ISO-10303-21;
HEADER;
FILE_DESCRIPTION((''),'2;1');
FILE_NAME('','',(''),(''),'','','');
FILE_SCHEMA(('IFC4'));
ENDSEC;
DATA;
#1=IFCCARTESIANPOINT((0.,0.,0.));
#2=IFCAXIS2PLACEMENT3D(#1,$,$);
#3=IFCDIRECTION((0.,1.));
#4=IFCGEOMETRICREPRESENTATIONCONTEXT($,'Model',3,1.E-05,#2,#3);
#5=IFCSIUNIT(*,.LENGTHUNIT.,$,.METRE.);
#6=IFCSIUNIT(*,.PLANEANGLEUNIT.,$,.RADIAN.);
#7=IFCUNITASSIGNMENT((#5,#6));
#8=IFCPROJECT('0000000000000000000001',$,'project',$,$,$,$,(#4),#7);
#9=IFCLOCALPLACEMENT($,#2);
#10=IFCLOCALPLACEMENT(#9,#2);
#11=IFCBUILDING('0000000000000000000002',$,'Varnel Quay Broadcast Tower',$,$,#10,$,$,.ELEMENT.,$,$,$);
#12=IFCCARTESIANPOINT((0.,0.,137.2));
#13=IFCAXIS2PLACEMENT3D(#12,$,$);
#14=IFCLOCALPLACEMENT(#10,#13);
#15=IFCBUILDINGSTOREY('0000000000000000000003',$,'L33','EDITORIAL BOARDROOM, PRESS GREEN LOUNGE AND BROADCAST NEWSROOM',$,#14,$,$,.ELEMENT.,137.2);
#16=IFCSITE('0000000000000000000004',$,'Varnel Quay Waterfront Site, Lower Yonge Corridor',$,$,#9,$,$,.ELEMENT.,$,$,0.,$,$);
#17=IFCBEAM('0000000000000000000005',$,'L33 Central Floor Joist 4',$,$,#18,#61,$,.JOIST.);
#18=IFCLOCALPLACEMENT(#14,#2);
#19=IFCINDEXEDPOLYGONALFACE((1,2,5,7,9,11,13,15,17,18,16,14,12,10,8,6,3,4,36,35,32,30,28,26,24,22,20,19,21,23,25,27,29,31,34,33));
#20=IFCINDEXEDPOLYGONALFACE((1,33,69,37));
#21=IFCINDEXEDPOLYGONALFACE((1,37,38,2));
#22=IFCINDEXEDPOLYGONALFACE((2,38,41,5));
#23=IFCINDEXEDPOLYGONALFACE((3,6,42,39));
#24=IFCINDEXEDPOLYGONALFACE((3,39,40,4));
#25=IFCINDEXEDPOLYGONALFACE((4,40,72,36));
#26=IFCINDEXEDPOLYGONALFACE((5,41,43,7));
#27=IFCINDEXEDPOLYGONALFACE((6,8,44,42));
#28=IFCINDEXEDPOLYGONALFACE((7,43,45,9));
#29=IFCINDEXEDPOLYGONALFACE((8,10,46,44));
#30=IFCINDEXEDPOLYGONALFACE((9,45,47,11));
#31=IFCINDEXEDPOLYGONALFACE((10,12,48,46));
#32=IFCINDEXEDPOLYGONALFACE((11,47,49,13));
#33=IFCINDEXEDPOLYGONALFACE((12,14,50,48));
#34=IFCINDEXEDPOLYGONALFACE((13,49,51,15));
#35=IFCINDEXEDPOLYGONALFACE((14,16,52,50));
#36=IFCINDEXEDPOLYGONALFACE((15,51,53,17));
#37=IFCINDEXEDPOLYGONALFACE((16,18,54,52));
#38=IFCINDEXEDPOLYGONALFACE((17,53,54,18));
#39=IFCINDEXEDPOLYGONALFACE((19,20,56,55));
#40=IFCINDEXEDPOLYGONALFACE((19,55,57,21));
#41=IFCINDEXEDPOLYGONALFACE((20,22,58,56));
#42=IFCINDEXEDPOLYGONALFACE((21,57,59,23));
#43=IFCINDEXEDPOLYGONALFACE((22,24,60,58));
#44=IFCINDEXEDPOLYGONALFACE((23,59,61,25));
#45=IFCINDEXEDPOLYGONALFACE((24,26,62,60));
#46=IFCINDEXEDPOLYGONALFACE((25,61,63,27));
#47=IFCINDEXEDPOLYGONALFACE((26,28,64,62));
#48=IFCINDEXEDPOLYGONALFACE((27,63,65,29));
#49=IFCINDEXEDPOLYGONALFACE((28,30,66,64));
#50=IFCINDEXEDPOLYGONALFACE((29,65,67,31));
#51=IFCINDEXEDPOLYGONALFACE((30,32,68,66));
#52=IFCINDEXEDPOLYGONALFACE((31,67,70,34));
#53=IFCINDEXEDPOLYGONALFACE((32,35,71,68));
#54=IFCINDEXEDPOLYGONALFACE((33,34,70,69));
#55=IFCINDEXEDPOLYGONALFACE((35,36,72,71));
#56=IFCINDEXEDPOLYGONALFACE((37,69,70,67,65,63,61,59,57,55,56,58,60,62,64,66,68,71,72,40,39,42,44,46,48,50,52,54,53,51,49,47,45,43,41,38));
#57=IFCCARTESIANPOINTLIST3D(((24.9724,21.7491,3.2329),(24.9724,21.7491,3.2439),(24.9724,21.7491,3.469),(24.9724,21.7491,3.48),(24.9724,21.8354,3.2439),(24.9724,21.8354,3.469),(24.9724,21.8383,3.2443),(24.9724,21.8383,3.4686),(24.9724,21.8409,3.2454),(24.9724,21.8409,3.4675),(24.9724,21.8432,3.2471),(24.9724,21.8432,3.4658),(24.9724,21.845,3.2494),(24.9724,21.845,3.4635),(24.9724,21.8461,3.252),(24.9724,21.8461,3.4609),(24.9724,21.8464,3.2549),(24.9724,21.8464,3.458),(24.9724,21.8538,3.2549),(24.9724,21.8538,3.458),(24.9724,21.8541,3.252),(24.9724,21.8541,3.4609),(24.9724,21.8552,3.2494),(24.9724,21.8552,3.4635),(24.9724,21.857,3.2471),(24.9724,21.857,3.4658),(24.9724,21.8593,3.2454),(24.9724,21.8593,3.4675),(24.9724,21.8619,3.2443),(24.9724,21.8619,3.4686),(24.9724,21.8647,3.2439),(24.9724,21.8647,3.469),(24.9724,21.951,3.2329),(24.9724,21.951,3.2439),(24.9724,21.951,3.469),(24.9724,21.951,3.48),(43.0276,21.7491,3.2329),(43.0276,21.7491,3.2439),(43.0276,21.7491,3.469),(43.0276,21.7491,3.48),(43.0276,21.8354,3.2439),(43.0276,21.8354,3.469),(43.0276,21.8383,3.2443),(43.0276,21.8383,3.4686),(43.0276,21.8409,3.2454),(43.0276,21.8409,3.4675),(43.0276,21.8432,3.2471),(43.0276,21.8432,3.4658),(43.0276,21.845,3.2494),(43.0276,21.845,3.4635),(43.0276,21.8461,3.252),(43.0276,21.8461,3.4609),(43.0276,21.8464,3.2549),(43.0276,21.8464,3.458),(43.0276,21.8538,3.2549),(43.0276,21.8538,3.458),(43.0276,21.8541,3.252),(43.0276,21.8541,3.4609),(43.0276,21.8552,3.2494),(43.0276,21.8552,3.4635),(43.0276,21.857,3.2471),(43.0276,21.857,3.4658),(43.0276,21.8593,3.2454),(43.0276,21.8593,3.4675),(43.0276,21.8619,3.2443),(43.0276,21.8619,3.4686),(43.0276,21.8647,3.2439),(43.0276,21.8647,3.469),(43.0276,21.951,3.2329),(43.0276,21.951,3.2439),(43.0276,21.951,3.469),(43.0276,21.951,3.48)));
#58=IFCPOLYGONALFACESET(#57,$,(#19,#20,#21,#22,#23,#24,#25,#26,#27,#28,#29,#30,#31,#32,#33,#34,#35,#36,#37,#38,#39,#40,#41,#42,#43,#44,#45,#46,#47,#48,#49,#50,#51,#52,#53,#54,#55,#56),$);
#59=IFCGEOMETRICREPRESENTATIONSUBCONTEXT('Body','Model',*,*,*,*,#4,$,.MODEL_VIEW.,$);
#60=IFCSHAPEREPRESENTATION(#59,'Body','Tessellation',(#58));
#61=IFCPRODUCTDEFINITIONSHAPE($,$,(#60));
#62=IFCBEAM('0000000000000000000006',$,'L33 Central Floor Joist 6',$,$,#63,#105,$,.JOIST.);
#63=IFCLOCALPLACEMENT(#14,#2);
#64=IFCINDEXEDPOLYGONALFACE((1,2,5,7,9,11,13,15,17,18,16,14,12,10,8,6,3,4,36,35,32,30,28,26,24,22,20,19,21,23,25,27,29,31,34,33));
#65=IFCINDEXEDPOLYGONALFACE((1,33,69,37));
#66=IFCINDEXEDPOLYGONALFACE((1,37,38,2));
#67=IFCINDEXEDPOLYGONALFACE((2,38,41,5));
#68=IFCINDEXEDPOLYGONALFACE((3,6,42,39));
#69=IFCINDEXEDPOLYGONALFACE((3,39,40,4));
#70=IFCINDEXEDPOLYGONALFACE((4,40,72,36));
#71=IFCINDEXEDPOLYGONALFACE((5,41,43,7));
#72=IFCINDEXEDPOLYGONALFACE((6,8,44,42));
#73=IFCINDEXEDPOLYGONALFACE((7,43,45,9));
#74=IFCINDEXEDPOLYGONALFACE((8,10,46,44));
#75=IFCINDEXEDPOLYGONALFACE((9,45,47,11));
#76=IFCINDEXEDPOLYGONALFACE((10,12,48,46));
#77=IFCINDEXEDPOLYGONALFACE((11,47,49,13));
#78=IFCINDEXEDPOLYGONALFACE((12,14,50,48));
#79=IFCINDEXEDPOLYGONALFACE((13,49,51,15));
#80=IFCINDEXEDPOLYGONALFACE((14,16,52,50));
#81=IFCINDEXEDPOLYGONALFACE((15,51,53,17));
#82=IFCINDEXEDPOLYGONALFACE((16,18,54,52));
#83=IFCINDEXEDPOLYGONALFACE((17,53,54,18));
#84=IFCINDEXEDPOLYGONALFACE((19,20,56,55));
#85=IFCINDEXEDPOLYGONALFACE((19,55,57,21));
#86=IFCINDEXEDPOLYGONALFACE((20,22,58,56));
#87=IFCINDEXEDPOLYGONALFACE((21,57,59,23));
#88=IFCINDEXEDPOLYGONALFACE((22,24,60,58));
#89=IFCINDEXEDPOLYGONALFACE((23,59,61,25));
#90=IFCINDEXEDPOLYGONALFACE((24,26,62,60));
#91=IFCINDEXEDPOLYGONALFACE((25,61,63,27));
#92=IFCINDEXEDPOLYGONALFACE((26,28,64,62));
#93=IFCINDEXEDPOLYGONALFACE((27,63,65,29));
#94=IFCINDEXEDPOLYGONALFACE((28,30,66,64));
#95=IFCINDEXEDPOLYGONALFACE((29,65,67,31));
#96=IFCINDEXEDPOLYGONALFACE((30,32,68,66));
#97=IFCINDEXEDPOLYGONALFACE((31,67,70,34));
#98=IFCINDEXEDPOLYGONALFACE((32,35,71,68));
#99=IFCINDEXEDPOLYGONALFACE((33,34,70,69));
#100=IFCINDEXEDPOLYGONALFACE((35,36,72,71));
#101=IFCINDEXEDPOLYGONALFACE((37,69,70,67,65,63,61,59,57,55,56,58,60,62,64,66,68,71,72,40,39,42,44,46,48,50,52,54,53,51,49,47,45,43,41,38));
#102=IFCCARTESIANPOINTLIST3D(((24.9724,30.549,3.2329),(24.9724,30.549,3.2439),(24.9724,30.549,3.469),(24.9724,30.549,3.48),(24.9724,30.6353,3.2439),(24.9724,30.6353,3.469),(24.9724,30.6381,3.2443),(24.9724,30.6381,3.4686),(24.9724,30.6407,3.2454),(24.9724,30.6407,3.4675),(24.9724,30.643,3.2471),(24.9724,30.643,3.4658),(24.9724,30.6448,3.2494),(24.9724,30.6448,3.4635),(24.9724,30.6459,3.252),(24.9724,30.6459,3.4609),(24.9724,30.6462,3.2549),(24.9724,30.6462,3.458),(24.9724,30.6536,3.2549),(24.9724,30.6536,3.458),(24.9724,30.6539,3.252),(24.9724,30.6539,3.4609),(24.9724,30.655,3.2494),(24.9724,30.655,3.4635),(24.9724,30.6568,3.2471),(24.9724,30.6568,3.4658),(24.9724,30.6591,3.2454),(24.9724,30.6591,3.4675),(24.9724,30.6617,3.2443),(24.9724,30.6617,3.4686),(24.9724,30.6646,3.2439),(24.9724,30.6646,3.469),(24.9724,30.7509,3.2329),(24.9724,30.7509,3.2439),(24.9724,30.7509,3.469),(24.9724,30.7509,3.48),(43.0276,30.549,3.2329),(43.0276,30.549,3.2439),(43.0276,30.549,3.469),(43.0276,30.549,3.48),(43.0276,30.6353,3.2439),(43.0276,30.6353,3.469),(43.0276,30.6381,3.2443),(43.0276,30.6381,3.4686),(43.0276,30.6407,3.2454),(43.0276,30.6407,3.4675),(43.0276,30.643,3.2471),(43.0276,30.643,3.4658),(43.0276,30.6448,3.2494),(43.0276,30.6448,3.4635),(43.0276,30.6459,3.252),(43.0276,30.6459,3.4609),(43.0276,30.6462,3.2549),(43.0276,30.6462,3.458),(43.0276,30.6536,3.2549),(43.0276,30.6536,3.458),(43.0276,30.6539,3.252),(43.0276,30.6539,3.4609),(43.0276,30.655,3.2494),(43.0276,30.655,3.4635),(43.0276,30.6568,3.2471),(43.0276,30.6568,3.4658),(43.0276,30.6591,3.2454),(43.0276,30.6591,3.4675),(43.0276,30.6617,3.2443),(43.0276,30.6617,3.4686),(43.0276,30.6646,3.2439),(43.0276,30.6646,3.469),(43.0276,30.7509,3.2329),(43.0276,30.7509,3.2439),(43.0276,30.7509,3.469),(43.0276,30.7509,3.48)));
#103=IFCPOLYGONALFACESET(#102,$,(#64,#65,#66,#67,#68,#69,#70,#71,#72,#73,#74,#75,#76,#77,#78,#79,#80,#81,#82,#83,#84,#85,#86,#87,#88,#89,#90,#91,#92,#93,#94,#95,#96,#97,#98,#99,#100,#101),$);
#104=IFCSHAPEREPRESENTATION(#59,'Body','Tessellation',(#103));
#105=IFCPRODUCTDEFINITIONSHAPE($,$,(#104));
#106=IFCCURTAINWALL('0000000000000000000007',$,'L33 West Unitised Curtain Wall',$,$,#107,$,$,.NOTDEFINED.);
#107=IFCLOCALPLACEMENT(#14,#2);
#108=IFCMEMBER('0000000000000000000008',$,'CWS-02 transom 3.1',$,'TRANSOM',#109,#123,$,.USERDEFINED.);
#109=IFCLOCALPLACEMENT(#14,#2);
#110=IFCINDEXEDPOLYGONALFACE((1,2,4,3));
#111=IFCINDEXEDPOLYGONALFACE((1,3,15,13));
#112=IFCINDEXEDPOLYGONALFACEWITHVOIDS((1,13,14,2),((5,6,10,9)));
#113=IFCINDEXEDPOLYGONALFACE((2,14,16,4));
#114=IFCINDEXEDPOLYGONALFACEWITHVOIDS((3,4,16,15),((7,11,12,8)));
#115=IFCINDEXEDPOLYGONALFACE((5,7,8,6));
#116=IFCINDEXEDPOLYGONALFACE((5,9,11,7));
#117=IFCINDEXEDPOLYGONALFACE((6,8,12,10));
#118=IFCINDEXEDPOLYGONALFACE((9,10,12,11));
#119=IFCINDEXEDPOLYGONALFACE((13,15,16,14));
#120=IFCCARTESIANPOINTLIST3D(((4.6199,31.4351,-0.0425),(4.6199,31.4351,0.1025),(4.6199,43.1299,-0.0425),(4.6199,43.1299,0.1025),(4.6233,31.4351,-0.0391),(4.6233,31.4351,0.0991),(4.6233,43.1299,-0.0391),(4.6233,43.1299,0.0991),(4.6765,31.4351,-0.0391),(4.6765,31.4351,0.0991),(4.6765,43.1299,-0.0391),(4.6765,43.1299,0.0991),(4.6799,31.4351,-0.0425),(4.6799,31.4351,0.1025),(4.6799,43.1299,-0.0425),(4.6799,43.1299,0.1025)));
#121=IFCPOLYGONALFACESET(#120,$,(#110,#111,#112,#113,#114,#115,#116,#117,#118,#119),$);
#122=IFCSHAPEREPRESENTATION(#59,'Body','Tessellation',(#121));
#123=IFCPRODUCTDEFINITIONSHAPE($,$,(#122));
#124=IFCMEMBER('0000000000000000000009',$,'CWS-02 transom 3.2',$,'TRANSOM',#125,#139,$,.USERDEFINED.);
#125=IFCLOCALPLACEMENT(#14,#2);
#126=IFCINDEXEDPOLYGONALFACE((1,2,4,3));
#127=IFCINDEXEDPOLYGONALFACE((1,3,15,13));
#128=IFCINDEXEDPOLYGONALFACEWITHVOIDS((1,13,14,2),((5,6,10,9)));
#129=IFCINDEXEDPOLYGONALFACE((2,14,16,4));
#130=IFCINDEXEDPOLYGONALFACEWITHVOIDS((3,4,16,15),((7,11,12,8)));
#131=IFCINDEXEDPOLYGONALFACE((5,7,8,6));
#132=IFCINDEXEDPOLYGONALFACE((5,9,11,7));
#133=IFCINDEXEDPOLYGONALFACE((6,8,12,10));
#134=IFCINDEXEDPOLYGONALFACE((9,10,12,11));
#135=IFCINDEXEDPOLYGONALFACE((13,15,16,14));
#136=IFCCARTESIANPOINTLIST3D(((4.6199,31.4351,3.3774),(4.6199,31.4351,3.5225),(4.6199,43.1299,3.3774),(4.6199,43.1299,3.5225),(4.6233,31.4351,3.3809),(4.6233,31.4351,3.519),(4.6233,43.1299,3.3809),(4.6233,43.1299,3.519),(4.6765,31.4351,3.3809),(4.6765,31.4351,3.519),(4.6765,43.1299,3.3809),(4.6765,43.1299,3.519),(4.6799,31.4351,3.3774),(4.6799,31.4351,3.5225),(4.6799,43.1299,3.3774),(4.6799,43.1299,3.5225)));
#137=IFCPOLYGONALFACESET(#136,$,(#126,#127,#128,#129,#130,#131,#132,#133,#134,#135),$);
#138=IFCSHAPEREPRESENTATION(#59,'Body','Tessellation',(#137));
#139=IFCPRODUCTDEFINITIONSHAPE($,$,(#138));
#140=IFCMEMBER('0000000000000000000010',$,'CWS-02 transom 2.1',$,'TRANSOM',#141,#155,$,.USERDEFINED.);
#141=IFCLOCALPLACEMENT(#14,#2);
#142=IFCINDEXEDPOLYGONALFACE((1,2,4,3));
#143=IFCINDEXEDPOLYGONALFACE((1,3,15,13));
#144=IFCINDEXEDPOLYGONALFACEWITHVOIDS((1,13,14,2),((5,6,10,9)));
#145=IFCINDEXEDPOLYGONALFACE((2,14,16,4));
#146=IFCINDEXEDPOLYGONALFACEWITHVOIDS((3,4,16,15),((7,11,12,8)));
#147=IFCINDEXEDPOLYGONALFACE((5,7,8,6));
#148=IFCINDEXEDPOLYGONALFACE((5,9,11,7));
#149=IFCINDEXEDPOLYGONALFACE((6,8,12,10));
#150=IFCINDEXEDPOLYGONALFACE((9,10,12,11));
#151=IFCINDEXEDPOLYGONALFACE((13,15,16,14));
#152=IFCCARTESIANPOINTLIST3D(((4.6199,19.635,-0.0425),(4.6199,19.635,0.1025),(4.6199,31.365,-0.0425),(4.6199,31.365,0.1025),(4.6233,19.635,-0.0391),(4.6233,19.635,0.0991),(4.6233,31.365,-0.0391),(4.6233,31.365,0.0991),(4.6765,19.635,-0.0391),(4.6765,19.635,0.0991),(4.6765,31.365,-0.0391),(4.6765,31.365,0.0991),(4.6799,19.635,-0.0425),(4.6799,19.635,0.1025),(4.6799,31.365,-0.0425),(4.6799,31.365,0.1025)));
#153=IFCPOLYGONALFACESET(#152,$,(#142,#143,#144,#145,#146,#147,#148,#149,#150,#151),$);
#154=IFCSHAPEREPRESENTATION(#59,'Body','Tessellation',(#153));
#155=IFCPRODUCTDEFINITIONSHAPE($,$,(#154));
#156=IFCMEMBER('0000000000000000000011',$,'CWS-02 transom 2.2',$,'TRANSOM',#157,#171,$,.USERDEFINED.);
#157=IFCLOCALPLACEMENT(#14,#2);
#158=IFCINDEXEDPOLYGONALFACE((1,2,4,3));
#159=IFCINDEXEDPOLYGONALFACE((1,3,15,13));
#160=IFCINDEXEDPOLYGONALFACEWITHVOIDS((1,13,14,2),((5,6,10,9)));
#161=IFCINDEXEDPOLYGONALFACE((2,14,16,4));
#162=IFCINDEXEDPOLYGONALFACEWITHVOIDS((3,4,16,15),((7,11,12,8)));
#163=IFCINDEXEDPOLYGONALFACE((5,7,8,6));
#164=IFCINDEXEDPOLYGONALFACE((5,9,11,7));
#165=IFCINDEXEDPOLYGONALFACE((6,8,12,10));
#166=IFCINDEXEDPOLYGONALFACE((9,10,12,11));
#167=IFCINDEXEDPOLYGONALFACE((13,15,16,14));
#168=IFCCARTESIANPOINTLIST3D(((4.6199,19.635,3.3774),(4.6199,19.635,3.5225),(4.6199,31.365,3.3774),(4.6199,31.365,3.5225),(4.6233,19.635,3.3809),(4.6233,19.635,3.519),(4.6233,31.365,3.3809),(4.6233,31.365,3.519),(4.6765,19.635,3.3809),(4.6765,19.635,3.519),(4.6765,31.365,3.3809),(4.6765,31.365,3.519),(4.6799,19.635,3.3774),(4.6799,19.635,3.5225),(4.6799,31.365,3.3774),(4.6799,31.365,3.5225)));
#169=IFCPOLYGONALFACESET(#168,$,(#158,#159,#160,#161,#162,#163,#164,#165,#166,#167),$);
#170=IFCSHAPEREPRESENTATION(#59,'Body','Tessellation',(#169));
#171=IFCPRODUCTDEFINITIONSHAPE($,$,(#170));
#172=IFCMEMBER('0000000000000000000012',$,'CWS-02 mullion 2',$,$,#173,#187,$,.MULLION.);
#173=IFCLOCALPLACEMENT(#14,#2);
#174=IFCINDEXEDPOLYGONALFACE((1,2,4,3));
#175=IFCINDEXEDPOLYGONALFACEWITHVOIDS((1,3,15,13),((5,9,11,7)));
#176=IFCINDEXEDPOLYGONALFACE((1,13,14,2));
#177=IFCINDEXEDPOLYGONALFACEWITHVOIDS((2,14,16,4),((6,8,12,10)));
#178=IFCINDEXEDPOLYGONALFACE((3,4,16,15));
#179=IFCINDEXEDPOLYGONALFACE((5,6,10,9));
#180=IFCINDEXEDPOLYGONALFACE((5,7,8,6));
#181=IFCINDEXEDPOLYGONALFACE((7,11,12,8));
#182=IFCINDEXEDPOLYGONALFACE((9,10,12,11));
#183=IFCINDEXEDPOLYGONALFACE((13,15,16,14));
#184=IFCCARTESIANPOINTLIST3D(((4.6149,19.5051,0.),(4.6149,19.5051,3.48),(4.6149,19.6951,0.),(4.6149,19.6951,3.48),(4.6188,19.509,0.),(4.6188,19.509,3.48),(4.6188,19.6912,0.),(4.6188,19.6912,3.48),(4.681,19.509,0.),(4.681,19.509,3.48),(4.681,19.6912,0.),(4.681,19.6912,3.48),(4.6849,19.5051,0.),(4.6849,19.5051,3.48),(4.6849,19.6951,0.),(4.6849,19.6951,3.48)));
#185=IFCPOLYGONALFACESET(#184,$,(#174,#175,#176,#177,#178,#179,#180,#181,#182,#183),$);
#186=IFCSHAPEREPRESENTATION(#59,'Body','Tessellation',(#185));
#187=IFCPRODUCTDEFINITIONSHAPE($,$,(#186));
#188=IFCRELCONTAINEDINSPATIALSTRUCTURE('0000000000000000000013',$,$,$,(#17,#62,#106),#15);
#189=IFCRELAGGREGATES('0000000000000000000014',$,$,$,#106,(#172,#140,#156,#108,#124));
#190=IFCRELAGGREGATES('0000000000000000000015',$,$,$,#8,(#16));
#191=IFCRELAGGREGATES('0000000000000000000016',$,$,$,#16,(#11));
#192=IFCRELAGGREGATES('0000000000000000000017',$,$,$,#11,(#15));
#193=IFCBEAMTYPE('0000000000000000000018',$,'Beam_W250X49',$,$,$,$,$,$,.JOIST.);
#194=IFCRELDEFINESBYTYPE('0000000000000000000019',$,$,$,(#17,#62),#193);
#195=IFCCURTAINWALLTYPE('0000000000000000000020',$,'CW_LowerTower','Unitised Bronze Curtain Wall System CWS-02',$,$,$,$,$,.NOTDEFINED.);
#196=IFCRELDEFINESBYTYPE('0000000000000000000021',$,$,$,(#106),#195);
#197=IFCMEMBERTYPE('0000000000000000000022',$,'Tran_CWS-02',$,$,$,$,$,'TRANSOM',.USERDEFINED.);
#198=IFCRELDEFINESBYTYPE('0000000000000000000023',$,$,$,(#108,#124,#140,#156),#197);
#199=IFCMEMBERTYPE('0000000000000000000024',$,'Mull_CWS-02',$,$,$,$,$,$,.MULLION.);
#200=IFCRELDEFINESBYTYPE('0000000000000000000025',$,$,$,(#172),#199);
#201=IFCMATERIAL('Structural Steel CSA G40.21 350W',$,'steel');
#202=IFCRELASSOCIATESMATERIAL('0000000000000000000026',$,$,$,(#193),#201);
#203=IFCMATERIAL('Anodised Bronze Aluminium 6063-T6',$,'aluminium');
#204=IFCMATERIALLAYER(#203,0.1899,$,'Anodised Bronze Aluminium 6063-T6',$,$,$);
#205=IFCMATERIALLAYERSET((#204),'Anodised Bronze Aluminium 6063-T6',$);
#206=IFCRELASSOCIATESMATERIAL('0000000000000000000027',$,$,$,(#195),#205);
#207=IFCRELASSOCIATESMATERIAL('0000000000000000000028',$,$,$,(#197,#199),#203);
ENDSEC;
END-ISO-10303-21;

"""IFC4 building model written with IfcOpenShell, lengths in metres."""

from ifc_helpers import new_model, si_unit, direction, frame, origin, origin_2d, place, context, subcontext, project, spatial, hollow_rectangle, i_section, extrude, source, transform, mapped, material, layer, layer_set, material_profile, profile_set, type_object, type_shapes, element, aggregate, save


model = new_model("IFC4")

# Units and contexts
model_context = context("Model", 3, precision=1e-05, world=origin(), true_north=direction((0.0, 1.0)))
body_context = subcontext(model_context, "Body", "Model", "MODEL_VIEW")
ifc_project = project(units=[si_unit("LENGTHUNIT", "METRE"), si_unit("PLANEANGLEUNIT", "RADIAN")], contexts=[model_context])

# Site, building, storey
site_placement = place(None, origin())
site = spatial("IfcSite", under=ifc_project, at=site_placement, Name="Varnel Quay Waterfront Site, Lower Yonge Corridor", CompositionType="ELEMENT", RefElevation=0.0)
building_placement = place(site_placement, origin())
building = spatial("IfcBuilding", under=site, at=building_placement, Name="Varnel Quay Broadcast Tower", CompositionType="ELEMENT")
storey_placement = place(building_placement, frame((0.0, 0.0, 137.2)))
storey = spatial("IfcBuildingStorey", under=building, at=storey_placement, Name="L33", Description="EDITORIAL BOARDROOM, PRESS GREEN LOUNGE AND BROADCAST NEWSROOM", CompositionType="ELEMENT", Elevation=137.2)

# Shared definitions
ifc_material_1 = material(Name="Structural Steel CSA G40.21 350W", Category="steel")

# Beams
ifc_material_profile_1 = material_profile(ifc_material_1, i_section(OverallWidth=0.2019, OverallDepth=0.2471, WebThickness=0.0073, FlangeThickness=0.011, FilletRadius=0.011, at=origin_2d()), Name="W250X49")
ifc_profile_set_1 = profile_set([ifc_material_profile_1], Name="Structural Steel CSA G40.21 350W")
beam_type_1 = type_object("IfcBeamType", Name="Beam_W250X49", PredefinedType="JOIST", material=ifc_profile_set_1)
shared_shape_1 = source(origin(), body_context, "Body", "SweptSolid", [
    extrude(i_section(OverallWidth=0.2019, OverallDepth=0.2471, WebThickness=0.0073, FlangeThickness=0.011, FilletRadius=0.011, at=origin_2d()), origin(), (0.0, 0.0, 1.0), 18.0552),
])
for number, where, z_axis, x_axis, name in (
    (1, (24.9724, 21.8501, 3.3564), (1.0, 0.0, 0.0), (0.0, 1.0, 0.0), "L33 Central Floor Joist 4"),
    (2, (24.9724, 30.6499, 3.3564), (1.0, 0.0, 0.0), (0.0, 1.0, 0.0), "L33 Central Floor Joist 6"),
):
    element("IfcBeam", number, at=place(storey_placement, frame(where, z_axis=z_axis, x_axis=x_axis)), inside=storey, type_object=beam_type_1, Name=name, PredefinedType="JOIST", context=body_context, shape_type="MappedRepresentation", body=[
        mapped(shared_shape_1, transform((0.0, 0.0, 0.0), x_axis=(1.0, 0.0, 0.0), y_axis=(0.0, 1.0, 0.0), z_axis=(0.0, 0.0, 1.0), scale=1.0)),
    ])

# Curtain wall, members
ifc_material_2 = material(Name="Anodised Bronze Aluminium 6063-T6", Category="aluminium")
ifc_layer_1 = layer(ifc_material_2, 0.1899, Name="Anodised Bronze Aluminium 6063-T6")
ifc_layer_set_1 = layer_set([ifc_layer_1], Name="Anodised Bronze Aluminium 6063-T6")
curtain_wall_type = type_object("IfcCurtainWallType", Name="CW_LowerTower", Description="Unitised Bronze Curtain Wall System CWS-02", PredefinedType="NOTDEFINED", material=ifc_layer_set_1)
curtain_wall_placement = place(storey_placement, origin())
curtain_wall = element("IfcCurtainWall", 3, at=curtain_wall_placement, inside=storey, type_object=curtain_wall_type, Name="L33 West Unitised Curtain Wall", PredefinedType="NOTDEFINED")
ifc_material_profile_2 = material_profile(ifc_material_2, hollow_rectangle(XDim=0.0601, YDim=0.145, WallThickness=0.0034, at=origin_2d()), Name="ALU60X145X3.5")
ifc_profile_set_2 = profile_set([ifc_material_profile_2], Name="Anodised Bronze Aluminium 6063-T6")
member_type_1 = type_object("IfcMemberType", Name="Tran_CWS-02", ElementType="TRANSOM", PredefinedType="USERDEFINED", material=ifc_profile_set_2)
shared_shape_2 = source(origin(), body_context, "Body", "SweptSolid", [
    extrude(hollow_rectangle(XDim=0.0601, YDim=0.145, WallThickness=0.0034, at=origin_2d()), origin(), (0.0, 0.0, 1.0), 11.6948),
])
member_1_placement = place(storey_placement, frame((4.6499, 31.4351, 0.03), z_axis=(0.0, 1.0, 0.0), x_axis=(-1.0, 0.0, 0.0)))
member_1 = element("IfcMember", 4, at=member_1_placement, type_object=member_type_1, Name="CWS-02 transom 3.1", ObjectType="TRANSOM", PredefinedType="USERDEFINED", context=body_context, shape_type="MappedRepresentation", body=[
    mapped(shared_shape_2, transform((0.0, 0.0, 0.0), x_axis=(1.0, 0.0, 0.0), y_axis=(0.0, 1.0, 0.0), z_axis=(0.0, 0.0, 1.0), scale=1.0)),
])
member_2_placement = place(storey_placement, frame((4.6499, 31.4351, 3.45), z_axis=(0.0, 1.0, 0.0), x_axis=(-1.0, 0.0, 0.0)))
member_2 = element("IfcMember", 5, at=member_2_placement, type_object=member_type_1, Name="CWS-02 transom 3.2", ObjectType="TRANSOM", PredefinedType="USERDEFINED", context=body_context, shape_type="MappedRepresentation", body=[
    mapped(shared_shape_2, transform((0.0, 0.0, 0.0), x_axis=(1.0, 0.0, 0.0), y_axis=(0.0, 1.0, 0.0), z_axis=(0.0, 0.0, 1.0), scale=1.0)),
])
shared_shape_3 = source(origin(), body_context, "Body", "SweptSolid", [
    extrude(hollow_rectangle(XDim=0.0601, YDim=0.145, WallThickness=0.0034, at=origin_2d()), origin(), (0.0, 0.0, 1.0), 11.73),
])
type_shapes(member_type_1, [shared_shape_2, shared_shape_3])
member_3_placement = place(storey_placement, frame((4.6499, 19.635, 0.03), z_axis=(0.0, 1.0, 0.0), x_axis=(-1.0, 0.0, 0.0)))
member_3 = element("IfcMember", 6, at=member_3_placement, type_object=member_type_1, Name="CWS-02 transom 2.1", ObjectType="TRANSOM", PredefinedType="USERDEFINED", context=body_context, shape_type="MappedRepresentation", body=[
    mapped(shared_shape_3, transform((0.0, 0.0, 0.0), x_axis=(1.0, 0.0, 0.0), y_axis=(0.0, 1.0, 0.0), z_axis=(0.0, 0.0, 1.0), scale=1.0)),
])
member_4_placement = place(storey_placement, frame((4.6499, 19.635, 3.45), z_axis=(0.0, 1.0, 0.0), x_axis=(-1.0, 0.0, 0.0)))
member_4 = element("IfcMember", 7, at=member_4_placement, type_object=member_type_1, Name="CWS-02 transom 2.2", ObjectType="TRANSOM", PredefinedType="USERDEFINED", context=body_context, shape_type="MappedRepresentation", body=[
    mapped(shared_shape_3, transform((0.0, 0.0, 0.0), x_axis=(1.0, 0.0, 0.0), y_axis=(0.0, 1.0, 0.0), z_axis=(0.0, 0.0, 1.0), scale=1.0)),
])
ifc_material_profile_3 = material_profile(ifc_material_2, hollow_rectangle(XDim=0.0701, YDim=0.1899, WallThickness=0.0039, at=origin_2d()), Name="ALU70X190X4")
ifc_profile_set_3 = profile_set([ifc_material_profile_3], Name="Anodised Bronze Aluminium 6063-T6")
member_type_2 = type_object("IfcMemberType", Name="Mull_CWS-02", PredefinedType="MULLION", material=ifc_profile_set_3)
shared_shape_4 = source(origin(), body_context, "Body", "SweptSolid", [
    extrude(hollow_rectangle(XDim=0.0701, YDim=0.1899, WallThickness=0.0039, at=origin_2d()), origin(), (0.0, 0.0, 1.0), 3.48),
])
type_shapes(member_type_2, [shared_shape_4])
member_5_placement = place(storey_placement, frame((4.6499, 19.6001, 0.0), z_axis=(0.0, 0.0, 1.0), x_axis=(-1.0, 0.0, 0.0)))
member_5 = element("IfcMember", 8, at=member_5_placement, type_object=member_type_2, Name="CWS-02 mullion 2", PredefinedType="MULLION", context=body_context, shape_type="MappedRepresentation", body=[
    mapped(shared_shape_4, transform((0.0, 0.0, 0.0), x_axis=(1.0, 0.0, 0.0), y_axis=(0.0, 1.0, 0.0), z_axis=(0.0, 0.0, 1.0), scale=1.0)),
])

aggregate(curtain_wall, [member_5, member_3, member_4, member_1, member_2])

save(model, "model.ifc")
